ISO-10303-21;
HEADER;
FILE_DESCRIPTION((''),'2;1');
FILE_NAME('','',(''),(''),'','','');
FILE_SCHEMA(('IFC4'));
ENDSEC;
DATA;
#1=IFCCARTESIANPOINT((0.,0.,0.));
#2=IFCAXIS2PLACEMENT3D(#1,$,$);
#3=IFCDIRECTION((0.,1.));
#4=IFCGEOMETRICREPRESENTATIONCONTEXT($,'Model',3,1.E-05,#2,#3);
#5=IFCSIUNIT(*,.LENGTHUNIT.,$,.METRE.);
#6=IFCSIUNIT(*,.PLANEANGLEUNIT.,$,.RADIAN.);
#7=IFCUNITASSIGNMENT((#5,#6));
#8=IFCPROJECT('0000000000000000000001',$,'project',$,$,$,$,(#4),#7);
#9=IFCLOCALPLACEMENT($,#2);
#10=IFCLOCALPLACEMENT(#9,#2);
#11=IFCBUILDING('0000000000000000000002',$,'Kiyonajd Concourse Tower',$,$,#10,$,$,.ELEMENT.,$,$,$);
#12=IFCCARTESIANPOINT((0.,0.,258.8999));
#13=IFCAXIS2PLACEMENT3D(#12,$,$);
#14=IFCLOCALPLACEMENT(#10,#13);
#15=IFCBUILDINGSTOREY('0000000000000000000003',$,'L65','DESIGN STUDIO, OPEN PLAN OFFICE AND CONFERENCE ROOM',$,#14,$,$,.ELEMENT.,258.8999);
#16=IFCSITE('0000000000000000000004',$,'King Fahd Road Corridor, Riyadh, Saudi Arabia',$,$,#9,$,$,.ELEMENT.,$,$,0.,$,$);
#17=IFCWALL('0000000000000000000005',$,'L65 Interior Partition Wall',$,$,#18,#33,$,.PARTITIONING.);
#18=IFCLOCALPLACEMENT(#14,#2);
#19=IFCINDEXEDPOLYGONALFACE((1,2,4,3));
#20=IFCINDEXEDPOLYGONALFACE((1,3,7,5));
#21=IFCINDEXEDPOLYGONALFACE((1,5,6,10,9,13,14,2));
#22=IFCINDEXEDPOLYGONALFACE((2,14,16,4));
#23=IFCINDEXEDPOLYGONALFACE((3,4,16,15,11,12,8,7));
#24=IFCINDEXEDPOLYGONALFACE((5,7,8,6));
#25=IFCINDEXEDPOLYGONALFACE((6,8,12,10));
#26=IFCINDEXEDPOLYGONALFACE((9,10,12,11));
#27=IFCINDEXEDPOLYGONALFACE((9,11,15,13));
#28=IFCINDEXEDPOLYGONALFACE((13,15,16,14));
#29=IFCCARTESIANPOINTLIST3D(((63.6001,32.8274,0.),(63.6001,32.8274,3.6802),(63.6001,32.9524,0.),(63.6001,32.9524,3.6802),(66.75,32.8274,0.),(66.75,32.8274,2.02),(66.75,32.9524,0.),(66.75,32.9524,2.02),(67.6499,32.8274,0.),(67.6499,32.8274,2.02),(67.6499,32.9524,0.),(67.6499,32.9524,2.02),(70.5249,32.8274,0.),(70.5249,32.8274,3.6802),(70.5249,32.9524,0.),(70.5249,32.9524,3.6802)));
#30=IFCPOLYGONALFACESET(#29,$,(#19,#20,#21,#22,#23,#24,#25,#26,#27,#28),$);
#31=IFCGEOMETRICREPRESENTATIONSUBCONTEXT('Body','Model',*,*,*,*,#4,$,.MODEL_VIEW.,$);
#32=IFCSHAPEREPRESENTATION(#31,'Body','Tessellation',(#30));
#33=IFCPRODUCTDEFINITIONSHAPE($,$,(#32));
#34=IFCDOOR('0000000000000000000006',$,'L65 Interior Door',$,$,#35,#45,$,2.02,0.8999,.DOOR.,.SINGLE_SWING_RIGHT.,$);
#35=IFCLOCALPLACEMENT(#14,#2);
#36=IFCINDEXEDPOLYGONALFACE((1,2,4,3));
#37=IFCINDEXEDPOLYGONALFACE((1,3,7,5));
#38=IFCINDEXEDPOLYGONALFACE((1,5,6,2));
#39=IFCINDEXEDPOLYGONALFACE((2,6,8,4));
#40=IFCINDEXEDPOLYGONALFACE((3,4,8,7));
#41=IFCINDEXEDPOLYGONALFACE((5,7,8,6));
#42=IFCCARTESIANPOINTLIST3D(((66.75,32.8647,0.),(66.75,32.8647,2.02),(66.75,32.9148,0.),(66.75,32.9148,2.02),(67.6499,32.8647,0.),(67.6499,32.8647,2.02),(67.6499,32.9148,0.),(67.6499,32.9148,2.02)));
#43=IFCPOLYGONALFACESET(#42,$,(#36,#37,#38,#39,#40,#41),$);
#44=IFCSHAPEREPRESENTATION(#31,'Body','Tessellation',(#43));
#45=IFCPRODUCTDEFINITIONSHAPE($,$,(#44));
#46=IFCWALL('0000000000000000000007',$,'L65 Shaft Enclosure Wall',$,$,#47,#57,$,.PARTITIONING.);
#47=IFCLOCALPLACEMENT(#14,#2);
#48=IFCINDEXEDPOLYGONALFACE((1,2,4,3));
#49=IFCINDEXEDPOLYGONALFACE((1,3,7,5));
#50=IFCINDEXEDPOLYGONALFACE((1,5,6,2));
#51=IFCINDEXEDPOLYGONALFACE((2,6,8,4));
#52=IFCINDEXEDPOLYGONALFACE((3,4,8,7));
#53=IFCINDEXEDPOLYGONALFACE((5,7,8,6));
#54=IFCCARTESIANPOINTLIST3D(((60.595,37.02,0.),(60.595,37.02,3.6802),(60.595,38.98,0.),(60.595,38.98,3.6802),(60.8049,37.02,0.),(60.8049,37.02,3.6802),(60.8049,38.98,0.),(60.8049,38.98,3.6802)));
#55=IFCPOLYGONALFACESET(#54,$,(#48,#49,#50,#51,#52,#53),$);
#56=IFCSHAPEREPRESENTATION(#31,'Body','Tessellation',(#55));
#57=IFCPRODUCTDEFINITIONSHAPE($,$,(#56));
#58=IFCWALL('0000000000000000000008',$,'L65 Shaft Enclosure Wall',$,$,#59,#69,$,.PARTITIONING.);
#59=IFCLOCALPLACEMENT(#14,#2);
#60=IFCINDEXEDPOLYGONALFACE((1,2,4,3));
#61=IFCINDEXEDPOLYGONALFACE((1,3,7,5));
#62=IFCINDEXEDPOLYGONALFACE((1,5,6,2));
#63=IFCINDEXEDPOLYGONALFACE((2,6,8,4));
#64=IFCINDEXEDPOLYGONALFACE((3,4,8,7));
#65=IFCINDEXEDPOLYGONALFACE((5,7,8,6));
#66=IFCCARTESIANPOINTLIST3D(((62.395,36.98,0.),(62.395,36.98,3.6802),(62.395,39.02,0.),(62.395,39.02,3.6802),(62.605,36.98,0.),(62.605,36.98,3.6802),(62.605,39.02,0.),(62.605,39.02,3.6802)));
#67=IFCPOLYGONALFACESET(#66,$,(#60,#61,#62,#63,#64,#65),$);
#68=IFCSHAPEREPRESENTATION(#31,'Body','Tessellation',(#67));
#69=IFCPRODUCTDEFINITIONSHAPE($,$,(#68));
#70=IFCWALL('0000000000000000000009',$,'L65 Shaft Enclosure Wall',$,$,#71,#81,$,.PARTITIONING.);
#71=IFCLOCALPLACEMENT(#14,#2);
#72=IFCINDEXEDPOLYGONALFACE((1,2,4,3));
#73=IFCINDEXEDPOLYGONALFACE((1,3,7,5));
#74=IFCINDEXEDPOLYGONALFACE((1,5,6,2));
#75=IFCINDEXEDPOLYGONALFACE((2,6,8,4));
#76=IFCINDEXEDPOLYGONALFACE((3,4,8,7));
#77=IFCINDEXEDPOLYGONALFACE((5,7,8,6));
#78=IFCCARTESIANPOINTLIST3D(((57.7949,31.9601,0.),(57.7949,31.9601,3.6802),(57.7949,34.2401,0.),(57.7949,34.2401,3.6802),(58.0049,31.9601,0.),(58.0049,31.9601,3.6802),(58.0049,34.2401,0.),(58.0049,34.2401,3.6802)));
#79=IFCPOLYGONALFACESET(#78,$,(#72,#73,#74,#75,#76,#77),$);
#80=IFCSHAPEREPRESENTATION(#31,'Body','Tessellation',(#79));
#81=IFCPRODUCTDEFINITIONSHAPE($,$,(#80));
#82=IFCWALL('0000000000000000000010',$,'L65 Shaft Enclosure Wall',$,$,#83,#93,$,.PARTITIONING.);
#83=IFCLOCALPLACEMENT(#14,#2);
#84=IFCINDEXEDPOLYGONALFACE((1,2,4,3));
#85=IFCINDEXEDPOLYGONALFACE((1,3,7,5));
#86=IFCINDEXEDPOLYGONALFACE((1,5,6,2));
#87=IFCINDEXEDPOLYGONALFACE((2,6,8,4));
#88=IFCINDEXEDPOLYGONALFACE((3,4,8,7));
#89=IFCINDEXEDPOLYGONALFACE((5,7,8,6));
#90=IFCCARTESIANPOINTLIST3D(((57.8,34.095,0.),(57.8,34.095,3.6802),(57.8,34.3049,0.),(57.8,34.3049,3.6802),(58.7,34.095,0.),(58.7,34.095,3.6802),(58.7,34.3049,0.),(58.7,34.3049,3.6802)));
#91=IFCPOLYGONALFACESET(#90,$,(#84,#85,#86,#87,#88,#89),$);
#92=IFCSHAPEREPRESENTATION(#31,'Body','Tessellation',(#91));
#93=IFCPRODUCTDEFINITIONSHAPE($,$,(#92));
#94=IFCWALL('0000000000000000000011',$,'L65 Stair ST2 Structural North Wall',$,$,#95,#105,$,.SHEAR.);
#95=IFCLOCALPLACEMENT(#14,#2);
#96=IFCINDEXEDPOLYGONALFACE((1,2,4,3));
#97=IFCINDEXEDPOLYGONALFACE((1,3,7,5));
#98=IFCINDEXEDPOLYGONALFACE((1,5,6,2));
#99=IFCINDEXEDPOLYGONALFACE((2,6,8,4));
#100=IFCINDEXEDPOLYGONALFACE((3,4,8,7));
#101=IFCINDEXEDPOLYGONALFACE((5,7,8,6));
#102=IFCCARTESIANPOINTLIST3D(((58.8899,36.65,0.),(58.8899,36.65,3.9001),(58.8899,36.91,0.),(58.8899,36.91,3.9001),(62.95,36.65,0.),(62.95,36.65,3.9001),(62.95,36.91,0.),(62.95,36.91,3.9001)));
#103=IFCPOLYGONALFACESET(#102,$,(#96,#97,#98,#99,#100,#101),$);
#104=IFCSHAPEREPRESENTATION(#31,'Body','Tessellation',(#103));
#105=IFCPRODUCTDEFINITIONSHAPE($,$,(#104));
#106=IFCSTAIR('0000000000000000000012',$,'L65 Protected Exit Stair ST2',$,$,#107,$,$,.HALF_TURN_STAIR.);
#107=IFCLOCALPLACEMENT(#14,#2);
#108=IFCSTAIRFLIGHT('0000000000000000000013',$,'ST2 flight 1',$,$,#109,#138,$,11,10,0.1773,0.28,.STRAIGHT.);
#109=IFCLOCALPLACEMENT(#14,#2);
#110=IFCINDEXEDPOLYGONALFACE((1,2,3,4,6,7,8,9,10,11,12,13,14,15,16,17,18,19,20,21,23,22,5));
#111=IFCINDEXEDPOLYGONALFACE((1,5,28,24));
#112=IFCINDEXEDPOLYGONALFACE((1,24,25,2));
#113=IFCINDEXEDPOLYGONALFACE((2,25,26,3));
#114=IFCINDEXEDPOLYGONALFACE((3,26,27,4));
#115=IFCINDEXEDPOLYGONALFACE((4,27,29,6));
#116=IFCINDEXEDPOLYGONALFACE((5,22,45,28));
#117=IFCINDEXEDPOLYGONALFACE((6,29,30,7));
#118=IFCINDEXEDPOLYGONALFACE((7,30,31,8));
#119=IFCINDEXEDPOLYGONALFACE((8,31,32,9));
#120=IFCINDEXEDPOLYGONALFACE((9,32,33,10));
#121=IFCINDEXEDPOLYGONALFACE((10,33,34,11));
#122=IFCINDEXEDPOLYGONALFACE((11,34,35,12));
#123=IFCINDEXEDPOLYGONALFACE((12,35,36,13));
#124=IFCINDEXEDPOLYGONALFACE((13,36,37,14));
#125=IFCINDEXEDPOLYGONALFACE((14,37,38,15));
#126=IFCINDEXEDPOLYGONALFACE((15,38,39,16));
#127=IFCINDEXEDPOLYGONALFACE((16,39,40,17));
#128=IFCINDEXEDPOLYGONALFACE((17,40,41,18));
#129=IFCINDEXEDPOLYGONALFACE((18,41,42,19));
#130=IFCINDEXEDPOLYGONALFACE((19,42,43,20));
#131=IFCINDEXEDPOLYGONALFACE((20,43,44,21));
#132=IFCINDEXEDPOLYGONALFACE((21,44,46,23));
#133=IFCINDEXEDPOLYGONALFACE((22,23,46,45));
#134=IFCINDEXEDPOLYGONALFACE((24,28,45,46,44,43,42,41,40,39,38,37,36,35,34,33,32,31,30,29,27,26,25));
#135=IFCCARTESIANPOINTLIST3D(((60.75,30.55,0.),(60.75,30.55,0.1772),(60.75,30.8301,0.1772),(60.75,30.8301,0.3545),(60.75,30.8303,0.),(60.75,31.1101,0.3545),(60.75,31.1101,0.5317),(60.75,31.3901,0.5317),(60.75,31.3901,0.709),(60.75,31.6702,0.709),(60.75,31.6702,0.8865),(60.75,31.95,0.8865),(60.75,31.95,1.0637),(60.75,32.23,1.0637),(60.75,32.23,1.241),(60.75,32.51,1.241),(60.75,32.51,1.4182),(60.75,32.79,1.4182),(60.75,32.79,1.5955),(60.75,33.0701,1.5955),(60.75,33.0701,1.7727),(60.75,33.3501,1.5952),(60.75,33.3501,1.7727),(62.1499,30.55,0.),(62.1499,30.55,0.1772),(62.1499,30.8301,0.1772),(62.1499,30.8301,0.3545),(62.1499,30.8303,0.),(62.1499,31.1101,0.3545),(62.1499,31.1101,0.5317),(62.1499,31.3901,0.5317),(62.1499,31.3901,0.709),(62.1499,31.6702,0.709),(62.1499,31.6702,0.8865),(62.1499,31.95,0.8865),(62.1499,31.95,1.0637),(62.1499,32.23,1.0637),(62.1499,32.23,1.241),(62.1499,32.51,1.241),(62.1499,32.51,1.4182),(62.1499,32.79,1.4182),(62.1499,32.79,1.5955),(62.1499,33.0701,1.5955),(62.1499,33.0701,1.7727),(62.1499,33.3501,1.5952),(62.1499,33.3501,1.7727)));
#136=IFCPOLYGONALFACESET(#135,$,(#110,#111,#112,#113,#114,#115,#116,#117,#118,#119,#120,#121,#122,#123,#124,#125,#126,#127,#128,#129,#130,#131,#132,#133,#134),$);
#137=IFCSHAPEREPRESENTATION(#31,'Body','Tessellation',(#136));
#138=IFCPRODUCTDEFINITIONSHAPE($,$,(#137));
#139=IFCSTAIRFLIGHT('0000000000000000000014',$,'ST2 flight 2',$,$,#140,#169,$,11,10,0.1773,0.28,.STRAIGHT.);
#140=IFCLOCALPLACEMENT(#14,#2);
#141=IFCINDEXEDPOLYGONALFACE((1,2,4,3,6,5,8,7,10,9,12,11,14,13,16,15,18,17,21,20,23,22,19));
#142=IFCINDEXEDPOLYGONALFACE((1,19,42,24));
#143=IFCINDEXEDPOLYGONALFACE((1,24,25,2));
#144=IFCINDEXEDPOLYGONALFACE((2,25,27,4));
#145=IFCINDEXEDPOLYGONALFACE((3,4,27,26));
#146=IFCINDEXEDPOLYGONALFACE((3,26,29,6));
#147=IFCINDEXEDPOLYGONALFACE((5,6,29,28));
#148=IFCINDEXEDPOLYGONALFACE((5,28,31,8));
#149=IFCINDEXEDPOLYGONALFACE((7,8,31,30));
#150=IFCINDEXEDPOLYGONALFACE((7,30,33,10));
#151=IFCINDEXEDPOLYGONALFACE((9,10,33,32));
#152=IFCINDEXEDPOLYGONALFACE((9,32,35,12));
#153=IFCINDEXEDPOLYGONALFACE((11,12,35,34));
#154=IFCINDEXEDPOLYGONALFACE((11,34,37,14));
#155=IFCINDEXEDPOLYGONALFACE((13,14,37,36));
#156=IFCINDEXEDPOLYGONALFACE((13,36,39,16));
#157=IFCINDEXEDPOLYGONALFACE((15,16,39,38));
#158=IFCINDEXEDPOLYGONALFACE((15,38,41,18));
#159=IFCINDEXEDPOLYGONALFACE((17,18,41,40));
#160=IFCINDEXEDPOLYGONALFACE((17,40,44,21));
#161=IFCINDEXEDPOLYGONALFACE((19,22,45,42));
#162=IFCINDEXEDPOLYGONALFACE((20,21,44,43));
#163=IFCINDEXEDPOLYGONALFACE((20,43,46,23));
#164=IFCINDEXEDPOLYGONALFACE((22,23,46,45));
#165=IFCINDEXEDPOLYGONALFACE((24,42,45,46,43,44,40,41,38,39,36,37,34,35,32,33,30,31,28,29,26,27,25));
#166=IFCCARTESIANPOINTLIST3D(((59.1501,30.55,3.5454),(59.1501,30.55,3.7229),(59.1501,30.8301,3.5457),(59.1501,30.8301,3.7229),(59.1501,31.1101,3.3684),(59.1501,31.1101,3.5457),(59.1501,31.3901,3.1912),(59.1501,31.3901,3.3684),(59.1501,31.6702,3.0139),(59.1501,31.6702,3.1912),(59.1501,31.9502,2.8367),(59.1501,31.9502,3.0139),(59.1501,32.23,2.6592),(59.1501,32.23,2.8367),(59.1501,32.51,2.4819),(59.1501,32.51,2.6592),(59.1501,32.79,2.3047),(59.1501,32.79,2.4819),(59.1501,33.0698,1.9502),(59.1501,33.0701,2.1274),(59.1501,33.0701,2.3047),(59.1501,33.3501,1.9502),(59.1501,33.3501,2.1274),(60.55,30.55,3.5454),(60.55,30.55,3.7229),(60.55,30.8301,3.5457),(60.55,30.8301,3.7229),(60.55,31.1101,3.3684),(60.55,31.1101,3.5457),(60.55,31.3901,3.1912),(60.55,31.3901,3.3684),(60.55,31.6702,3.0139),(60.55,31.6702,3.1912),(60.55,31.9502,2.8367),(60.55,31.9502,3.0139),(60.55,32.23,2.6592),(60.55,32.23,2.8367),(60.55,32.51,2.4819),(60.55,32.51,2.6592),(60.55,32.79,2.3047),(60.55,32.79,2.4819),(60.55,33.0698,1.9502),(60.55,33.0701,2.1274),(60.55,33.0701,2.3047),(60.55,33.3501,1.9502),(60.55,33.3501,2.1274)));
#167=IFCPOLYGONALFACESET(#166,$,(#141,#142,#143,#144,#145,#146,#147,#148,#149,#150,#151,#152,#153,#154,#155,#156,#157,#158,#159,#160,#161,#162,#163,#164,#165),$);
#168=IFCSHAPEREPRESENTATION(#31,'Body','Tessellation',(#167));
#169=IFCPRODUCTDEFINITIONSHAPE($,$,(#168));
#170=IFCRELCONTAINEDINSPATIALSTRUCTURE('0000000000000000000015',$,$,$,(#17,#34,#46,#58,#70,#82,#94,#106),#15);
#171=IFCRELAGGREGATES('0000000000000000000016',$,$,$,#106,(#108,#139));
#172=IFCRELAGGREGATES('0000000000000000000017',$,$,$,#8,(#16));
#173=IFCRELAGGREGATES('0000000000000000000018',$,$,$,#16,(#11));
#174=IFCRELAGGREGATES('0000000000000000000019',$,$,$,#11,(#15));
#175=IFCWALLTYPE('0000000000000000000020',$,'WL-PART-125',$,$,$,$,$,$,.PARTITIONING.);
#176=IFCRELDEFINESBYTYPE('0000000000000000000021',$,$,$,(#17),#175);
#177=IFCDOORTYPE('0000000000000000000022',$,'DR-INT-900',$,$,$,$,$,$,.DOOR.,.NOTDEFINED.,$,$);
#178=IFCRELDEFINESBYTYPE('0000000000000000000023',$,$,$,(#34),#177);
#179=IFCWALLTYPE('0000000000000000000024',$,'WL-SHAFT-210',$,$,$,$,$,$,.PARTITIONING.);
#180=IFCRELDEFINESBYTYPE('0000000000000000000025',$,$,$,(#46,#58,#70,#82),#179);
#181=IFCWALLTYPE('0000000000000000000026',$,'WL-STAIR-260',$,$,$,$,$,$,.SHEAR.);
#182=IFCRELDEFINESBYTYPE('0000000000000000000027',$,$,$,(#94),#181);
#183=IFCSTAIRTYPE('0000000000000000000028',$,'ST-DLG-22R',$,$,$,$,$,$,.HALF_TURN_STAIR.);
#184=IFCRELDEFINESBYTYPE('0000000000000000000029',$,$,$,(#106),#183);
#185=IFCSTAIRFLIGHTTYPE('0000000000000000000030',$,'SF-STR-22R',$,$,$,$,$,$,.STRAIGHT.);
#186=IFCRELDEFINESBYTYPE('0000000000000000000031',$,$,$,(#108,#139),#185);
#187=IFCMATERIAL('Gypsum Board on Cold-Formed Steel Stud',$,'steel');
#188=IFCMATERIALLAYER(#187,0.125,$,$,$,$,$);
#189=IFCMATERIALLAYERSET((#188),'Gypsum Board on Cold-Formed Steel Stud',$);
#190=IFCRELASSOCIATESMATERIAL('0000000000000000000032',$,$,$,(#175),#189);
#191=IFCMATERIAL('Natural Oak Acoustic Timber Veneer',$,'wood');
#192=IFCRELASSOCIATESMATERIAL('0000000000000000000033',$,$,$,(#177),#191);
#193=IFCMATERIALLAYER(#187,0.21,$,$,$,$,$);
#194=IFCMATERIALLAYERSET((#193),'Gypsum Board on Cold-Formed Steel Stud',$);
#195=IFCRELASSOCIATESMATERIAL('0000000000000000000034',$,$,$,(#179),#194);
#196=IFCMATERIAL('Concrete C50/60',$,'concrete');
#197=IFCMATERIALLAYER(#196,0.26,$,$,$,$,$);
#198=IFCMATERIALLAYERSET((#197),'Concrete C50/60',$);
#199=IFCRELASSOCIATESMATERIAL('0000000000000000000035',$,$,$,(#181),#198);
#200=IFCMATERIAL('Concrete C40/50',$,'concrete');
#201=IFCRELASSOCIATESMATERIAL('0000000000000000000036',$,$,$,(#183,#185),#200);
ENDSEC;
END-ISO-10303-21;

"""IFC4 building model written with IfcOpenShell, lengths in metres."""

from ifc_helpers import new_model, si_unit, direction, frame, frame_2d, origin, place, context, subcontext, project, spatial, polyline, rectangle, outline, extrude, material, layer, layer_set, type_object, element, fill, aggregate, save


model = new_model("IFC4")

# Units and contexts
model_context = context("Model", 3, precision=1e-05, world=origin(), true_north=direction((0.0, 1.0)))
body_context = subcontext(model_context, "Body", "Model", "MODEL_VIEW")
ifc_project = project(units=[si_unit("LENGTHUNIT", "METRE"), si_unit("PLANEANGLEUNIT", "RADIAN")], contexts=[model_context])

# Site, building, storey
site_placement = place(None, origin())
site = spatial("IfcSite", under=ifc_project, at=site_placement, Name="King Fahd Road Corridor, Riyadh, Saudi Arabia", CompositionType="ELEMENT", RefElevation=0.0)
building_placement = place(site_placement, origin())
building = spatial("IfcBuilding", under=site, at=building_placement, Name="Kiyonajd Concourse Tower", CompositionType="ELEMENT")
storey_placement = place(building_placement, frame((0.0, 0.0, 258.8999)))
storey = spatial("IfcBuildingStorey", under=building, at=storey_placement, Name="L65", Description="DESIGN STUDIO, OPEN PLAN OFFICE AND CONFERENCE ROOM", CompositionType="ELEMENT", Elevation=258.8999)

# Shared definitions
ifc_material_1 = material(Name="Concrete C50/60", Category="concrete")

# Wall, opening, door
ifc_material_2 = material(Name="Gypsum Board on Cold-Formed Steel Stud", Category="steel")
ifc_layer_1 = layer(ifc_material_2, 0.125)
ifc_layer_set_1 = layer_set([ifc_layer_1], Name="Gypsum Board on Cold-Formed Steel Stud")
wall_type_1 = type_object("IfcWallType", Name="WL-PART-125", PredefinedType="PARTITIONING", material=ifc_layer_set_1)
wall_1_placement = place(storey_placement, frame((63.6001, 32.8899, 0.0), z_axis=(0.0, 0.0, 1.0), x_axis=(1.0, 0.0, 0.0)))
wall_1 = element("IfcWall", 1, at=wall_1_placement, inside=storey, type_object=wall_type_1, Name="L65 Interior Partition Wall", PredefinedType="PARTITIONING", context=body_context, shape_type="SweptSolid", body=[
    extrude(rectangle(XDim=6.9248, YDim=0.125, at=frame_2d((3.4624, 0.0))), origin(), (0.0, 0.0, 1.0), 3.6802),
])
opening_1_placement = place(wall_1_placement, frame((3.1499, 0.0, 0.0)))
opening_1 = element("IfcOpeningElement", 2, at=opening_1_placement, cuts=wall_1, PredefinedType="OPENING", context=body_context, shape_type="SweptSolid", body=[
    extrude(rectangle(XDim=0.8999, YDim=2.02, at=frame_2d((0.45, 1.01))), frame((0.0, 0.0725, 0.0), z_axis=(0.0, -1.0, 0.0), x_axis=(1.0, 0.0, 0.0)), (0.0, 0.0, 1.0), 0.145),
])
ifc_material_3 = material(Name="Natural Oak Acoustic Timber Veneer", Category="wood")
door_type = type_object("IfcDoorType", Name="DR-INT-900", OperationType="NOTDEFINED", PredefinedType="DOOR", material=ifc_material_3)
door_placement = place(opening_1_placement, origin())
door = element("IfcDoor", 3, at=door_placement, inside=storey, type_object=door_type, Name="L65 Interior Door", OperationType="SINGLE_SWING_RIGHT", OverallHeight=2.02, OverallWidth=0.8999, PredefinedType="DOOR", context=body_context, shape_type="SweptSolid", body=[
    extrude(rectangle(XDim=0.8999, YDim=2.02, at=frame_2d((0.45, 1.01))), frame((0.0, 0.0249, 0.0), z_axis=(0.0, -1.0, 0.0), x_axis=(1.0, 0.0, 0.0)), (0.0, 0.0, 1.0), 0.05),
])
fill(opening_1, door)

# Walls
ifc_layer_2 = layer(ifc_material_2, 0.21)
ifc_layer_set_2 = layer_set([ifc_layer_2], Name="Gypsum Board on Cold-Formed Steel Stud")
wall_type_2 = type_object("IfcWallType", Name="WL-SHAFT-210", PredefinedType="PARTITIONING", material=ifc_layer_set_2)
wall_2_placement = place(storey_placement, frame((60.7, 37.02, 0.0), z_axis=(0.0, 0.0, 1.0), x_axis=(0.0, 1.0, 0.0)))
element("IfcWall", 4, at=wall_2_placement, inside=storey, type_object=wall_type_2, Name="L65 Shaft Enclosure Wall", PredefinedType="PARTITIONING", context=body_context, shape_type="SweptSolid", body=[
    extrude(rectangle(XDim=1.96, YDim=0.21, at=frame_2d((0.98, 0.0))), origin(), (0.0, 0.0, 1.0), 3.6802),
])
wall_3_placement = place(storey_placement, frame((62.5, 36.98, 0.0), z_axis=(0.0, 0.0, 1.0), x_axis=(0.0, 1.0, 0.0)))
element("IfcWall", 5, at=wall_3_placement, inside=storey, type_object=wall_type_2, Name="L65 Shaft Enclosure Wall", PredefinedType="PARTITIONING", context=body_context, shape_type="SweptSolid", body=[
    extrude(rectangle(XDim=2.04, YDim=0.21, at=frame_2d((1.02, 0.0))), origin(), (0.0, 0.0, 1.0), 3.6802),
])
wall_4_placement = place(storey_placement, frame((57.8999, 31.96, 0.0), z_axis=(0.0, 0.0, 1.0), x_axis=(0.0, 1.0, 0.0)))
element("IfcWall", 6, at=wall_4_placement, inside=storey, type_object=wall_type_2, Name="L65 Shaft Enclosure Wall", PredefinedType="PARTITIONING", context=body_context, shape_type="SweptSolid", body=[
    extrude(rectangle(XDim=2.28, YDim=0.21, at=frame_2d((1.1401, 0.0))), origin(), (0.0, 0.0, 1.0), 3.6802),
])
wall_5_placement = place(storey_placement, frame((57.8, 34.2, 0.0), z_axis=(0.0, 0.0, 1.0), x_axis=(1.0, 0.0, 0.0)))
element("IfcWall", 7, at=wall_5_placement, inside=storey, type_object=wall_type_2, Name="L65 Shaft Enclosure Wall", PredefinedType="PARTITIONING", context=body_context, shape_type="SweptSolid", body=[
    extrude(rectangle(XDim=0.8999, YDim=0.21, at=frame_2d((0.45, 0.0))), origin(), (0.0, 0.0, 1.0), 3.6802),
])
ifc_layer_3 = layer(ifc_material_1, 0.26)
ifc_layer_set_3 = layer_set([ifc_layer_3], Name="Concrete C50/60")
wall_type_3 = type_object("IfcWallType", Name="WL-STAIR-260", PredefinedType="SHEAR", material=ifc_layer_set_3)
wall_6_placement = place(storey_placement, frame((58.8899, 36.78, 0.0), z_axis=(0.0, 0.0, 1.0), x_axis=(1.0, 0.0, 0.0)))
element("IfcWall", 8, at=wall_6_placement, inside=storey, type_object=wall_type_3, Name="L65 Stair ST2 Structural North Wall", PredefinedType="SHEAR", context=body_context, shape_type="SweptSolid", body=[
    extrude(rectangle(XDim=4.0601, YDim=0.26, at=frame_2d((2.03, 0.0))), origin(), (0.0, 0.0, 1.0), 3.9001),
])

# Stair, stair flights
ifc_material_4 = material(Name="Concrete C40/50", Category="concrete")
stair_type = type_object("IfcStairType", Name="ST-DLG-22R", PredefinedType="HALF_TURN_STAIR", material=ifc_material_4)
stair_placement = place(storey_placement, origin())
stair = element("IfcStair", 9, at=stair_placement, inside=storey, type_object=stair_type, Name="L65 Protected Exit Stair ST2", PredefinedType="HALF_TURN_STAIR")
stair_flight_type = type_object("IfcStairFlightType", Name="SF-STR-22R", PredefinedType="STRAIGHT", material=ifc_material_4)
stair_flight_1_placement = place(storey_placement, frame((61.45, 30.55, 0.0), z_axis=(0.0, 0.0, 1.0), x_axis=(0.0, 1.0, 0.0)))
stair_flight_1 = element("IfcStairFlight", 10, at=stair_flight_1_placement, type_object=stair_flight_type, Name="ST2 flight 1", NumberOfRisers=11, NumberOfTreads=10, PredefinedType="STRAIGHT", RiserHeight=0.1773, TreadLength=0.28, context=body_context, shape_type="SweptSolid", body=[
    extrude(outline(polyline([(0.0, 0.0), (0.0, 0.1772), (0.28, 0.1772), (0.28, 0.3545), (0.5601, 0.3545), (0.5601, 0.5317), (0.8401, 0.5317), (0.8401, 0.709), (1.1201, 0.709), (1.1201, 0.8865), (1.3999, 0.8865), (1.3999, 1.0637), (1.6799, 1.0637), (1.6799, 1.241), (1.96, 1.241), (1.96, 1.4182), (2.24, 1.4182), (2.24, 1.5955), (2.52, 1.5955), (2.52, 1.7727), (2.8, 1.7727), (2.8, 1.95), (2.8, 1.5952), (0.2803, 0.0), (0.0, 0.0)])), frame((0.0, 0.7, 0.0), z_axis=(0.0, -1.0, 0.0), x_axis=(1.0, 0.0, 0.0)), (0.0, 0.0, 1.0), 1.3999),
])
stair_flight_2_placement = place(storey_placement, frame((59.8501, 33.3501, 1.9502), z_axis=(0.0, 0.0, 1.0), x_axis=(0.0, -1.0, 0.0)))
stair_flight_2 = element("IfcStairFlight", 11, at=stair_flight_2_placement, type_object=stair_flight_type, Name="ST2 flight 2", NumberOfRisers=11, NumberOfTreads=10, PredefinedType="STRAIGHT", RiserHeight=0.1773, TreadLength=0.28, context=body_context, shape_type="SweptSolid", body=[
    extrude(outline(polyline([(0.0, 0.0), (0.0, 0.1772), (0.28, 0.1772), (0.28, 0.3545), (0.5601, 0.3545), (0.5601, 0.5317), (0.8401, 0.5317), (0.8401, 0.709), (1.1201, 0.709), (1.1201, 0.8865), (1.3999, 0.8865), (1.3999, 1.0637), (1.6799, 1.0637), (1.6799, 1.241), (1.96, 1.241), (1.96, 1.4182), (2.24, 1.4182), (2.24, 1.5955), (2.52, 1.5955), (2.52, 1.7727), (2.8, 1.7727), (2.8, 1.95), (2.8, 1.5952), (0.2803, 0.0), (0.0, 0.0)])), frame((0.0, 0.7, 0.0), z_axis=(0.0, -1.0, 0.0), x_axis=(1.0, 0.0, 0.0)), (0.0, 0.0, 1.0), 1.3999),
])
aggregate(stair, [stair_flight_1, stair_flight_2])

save(model, "model.ifc")
